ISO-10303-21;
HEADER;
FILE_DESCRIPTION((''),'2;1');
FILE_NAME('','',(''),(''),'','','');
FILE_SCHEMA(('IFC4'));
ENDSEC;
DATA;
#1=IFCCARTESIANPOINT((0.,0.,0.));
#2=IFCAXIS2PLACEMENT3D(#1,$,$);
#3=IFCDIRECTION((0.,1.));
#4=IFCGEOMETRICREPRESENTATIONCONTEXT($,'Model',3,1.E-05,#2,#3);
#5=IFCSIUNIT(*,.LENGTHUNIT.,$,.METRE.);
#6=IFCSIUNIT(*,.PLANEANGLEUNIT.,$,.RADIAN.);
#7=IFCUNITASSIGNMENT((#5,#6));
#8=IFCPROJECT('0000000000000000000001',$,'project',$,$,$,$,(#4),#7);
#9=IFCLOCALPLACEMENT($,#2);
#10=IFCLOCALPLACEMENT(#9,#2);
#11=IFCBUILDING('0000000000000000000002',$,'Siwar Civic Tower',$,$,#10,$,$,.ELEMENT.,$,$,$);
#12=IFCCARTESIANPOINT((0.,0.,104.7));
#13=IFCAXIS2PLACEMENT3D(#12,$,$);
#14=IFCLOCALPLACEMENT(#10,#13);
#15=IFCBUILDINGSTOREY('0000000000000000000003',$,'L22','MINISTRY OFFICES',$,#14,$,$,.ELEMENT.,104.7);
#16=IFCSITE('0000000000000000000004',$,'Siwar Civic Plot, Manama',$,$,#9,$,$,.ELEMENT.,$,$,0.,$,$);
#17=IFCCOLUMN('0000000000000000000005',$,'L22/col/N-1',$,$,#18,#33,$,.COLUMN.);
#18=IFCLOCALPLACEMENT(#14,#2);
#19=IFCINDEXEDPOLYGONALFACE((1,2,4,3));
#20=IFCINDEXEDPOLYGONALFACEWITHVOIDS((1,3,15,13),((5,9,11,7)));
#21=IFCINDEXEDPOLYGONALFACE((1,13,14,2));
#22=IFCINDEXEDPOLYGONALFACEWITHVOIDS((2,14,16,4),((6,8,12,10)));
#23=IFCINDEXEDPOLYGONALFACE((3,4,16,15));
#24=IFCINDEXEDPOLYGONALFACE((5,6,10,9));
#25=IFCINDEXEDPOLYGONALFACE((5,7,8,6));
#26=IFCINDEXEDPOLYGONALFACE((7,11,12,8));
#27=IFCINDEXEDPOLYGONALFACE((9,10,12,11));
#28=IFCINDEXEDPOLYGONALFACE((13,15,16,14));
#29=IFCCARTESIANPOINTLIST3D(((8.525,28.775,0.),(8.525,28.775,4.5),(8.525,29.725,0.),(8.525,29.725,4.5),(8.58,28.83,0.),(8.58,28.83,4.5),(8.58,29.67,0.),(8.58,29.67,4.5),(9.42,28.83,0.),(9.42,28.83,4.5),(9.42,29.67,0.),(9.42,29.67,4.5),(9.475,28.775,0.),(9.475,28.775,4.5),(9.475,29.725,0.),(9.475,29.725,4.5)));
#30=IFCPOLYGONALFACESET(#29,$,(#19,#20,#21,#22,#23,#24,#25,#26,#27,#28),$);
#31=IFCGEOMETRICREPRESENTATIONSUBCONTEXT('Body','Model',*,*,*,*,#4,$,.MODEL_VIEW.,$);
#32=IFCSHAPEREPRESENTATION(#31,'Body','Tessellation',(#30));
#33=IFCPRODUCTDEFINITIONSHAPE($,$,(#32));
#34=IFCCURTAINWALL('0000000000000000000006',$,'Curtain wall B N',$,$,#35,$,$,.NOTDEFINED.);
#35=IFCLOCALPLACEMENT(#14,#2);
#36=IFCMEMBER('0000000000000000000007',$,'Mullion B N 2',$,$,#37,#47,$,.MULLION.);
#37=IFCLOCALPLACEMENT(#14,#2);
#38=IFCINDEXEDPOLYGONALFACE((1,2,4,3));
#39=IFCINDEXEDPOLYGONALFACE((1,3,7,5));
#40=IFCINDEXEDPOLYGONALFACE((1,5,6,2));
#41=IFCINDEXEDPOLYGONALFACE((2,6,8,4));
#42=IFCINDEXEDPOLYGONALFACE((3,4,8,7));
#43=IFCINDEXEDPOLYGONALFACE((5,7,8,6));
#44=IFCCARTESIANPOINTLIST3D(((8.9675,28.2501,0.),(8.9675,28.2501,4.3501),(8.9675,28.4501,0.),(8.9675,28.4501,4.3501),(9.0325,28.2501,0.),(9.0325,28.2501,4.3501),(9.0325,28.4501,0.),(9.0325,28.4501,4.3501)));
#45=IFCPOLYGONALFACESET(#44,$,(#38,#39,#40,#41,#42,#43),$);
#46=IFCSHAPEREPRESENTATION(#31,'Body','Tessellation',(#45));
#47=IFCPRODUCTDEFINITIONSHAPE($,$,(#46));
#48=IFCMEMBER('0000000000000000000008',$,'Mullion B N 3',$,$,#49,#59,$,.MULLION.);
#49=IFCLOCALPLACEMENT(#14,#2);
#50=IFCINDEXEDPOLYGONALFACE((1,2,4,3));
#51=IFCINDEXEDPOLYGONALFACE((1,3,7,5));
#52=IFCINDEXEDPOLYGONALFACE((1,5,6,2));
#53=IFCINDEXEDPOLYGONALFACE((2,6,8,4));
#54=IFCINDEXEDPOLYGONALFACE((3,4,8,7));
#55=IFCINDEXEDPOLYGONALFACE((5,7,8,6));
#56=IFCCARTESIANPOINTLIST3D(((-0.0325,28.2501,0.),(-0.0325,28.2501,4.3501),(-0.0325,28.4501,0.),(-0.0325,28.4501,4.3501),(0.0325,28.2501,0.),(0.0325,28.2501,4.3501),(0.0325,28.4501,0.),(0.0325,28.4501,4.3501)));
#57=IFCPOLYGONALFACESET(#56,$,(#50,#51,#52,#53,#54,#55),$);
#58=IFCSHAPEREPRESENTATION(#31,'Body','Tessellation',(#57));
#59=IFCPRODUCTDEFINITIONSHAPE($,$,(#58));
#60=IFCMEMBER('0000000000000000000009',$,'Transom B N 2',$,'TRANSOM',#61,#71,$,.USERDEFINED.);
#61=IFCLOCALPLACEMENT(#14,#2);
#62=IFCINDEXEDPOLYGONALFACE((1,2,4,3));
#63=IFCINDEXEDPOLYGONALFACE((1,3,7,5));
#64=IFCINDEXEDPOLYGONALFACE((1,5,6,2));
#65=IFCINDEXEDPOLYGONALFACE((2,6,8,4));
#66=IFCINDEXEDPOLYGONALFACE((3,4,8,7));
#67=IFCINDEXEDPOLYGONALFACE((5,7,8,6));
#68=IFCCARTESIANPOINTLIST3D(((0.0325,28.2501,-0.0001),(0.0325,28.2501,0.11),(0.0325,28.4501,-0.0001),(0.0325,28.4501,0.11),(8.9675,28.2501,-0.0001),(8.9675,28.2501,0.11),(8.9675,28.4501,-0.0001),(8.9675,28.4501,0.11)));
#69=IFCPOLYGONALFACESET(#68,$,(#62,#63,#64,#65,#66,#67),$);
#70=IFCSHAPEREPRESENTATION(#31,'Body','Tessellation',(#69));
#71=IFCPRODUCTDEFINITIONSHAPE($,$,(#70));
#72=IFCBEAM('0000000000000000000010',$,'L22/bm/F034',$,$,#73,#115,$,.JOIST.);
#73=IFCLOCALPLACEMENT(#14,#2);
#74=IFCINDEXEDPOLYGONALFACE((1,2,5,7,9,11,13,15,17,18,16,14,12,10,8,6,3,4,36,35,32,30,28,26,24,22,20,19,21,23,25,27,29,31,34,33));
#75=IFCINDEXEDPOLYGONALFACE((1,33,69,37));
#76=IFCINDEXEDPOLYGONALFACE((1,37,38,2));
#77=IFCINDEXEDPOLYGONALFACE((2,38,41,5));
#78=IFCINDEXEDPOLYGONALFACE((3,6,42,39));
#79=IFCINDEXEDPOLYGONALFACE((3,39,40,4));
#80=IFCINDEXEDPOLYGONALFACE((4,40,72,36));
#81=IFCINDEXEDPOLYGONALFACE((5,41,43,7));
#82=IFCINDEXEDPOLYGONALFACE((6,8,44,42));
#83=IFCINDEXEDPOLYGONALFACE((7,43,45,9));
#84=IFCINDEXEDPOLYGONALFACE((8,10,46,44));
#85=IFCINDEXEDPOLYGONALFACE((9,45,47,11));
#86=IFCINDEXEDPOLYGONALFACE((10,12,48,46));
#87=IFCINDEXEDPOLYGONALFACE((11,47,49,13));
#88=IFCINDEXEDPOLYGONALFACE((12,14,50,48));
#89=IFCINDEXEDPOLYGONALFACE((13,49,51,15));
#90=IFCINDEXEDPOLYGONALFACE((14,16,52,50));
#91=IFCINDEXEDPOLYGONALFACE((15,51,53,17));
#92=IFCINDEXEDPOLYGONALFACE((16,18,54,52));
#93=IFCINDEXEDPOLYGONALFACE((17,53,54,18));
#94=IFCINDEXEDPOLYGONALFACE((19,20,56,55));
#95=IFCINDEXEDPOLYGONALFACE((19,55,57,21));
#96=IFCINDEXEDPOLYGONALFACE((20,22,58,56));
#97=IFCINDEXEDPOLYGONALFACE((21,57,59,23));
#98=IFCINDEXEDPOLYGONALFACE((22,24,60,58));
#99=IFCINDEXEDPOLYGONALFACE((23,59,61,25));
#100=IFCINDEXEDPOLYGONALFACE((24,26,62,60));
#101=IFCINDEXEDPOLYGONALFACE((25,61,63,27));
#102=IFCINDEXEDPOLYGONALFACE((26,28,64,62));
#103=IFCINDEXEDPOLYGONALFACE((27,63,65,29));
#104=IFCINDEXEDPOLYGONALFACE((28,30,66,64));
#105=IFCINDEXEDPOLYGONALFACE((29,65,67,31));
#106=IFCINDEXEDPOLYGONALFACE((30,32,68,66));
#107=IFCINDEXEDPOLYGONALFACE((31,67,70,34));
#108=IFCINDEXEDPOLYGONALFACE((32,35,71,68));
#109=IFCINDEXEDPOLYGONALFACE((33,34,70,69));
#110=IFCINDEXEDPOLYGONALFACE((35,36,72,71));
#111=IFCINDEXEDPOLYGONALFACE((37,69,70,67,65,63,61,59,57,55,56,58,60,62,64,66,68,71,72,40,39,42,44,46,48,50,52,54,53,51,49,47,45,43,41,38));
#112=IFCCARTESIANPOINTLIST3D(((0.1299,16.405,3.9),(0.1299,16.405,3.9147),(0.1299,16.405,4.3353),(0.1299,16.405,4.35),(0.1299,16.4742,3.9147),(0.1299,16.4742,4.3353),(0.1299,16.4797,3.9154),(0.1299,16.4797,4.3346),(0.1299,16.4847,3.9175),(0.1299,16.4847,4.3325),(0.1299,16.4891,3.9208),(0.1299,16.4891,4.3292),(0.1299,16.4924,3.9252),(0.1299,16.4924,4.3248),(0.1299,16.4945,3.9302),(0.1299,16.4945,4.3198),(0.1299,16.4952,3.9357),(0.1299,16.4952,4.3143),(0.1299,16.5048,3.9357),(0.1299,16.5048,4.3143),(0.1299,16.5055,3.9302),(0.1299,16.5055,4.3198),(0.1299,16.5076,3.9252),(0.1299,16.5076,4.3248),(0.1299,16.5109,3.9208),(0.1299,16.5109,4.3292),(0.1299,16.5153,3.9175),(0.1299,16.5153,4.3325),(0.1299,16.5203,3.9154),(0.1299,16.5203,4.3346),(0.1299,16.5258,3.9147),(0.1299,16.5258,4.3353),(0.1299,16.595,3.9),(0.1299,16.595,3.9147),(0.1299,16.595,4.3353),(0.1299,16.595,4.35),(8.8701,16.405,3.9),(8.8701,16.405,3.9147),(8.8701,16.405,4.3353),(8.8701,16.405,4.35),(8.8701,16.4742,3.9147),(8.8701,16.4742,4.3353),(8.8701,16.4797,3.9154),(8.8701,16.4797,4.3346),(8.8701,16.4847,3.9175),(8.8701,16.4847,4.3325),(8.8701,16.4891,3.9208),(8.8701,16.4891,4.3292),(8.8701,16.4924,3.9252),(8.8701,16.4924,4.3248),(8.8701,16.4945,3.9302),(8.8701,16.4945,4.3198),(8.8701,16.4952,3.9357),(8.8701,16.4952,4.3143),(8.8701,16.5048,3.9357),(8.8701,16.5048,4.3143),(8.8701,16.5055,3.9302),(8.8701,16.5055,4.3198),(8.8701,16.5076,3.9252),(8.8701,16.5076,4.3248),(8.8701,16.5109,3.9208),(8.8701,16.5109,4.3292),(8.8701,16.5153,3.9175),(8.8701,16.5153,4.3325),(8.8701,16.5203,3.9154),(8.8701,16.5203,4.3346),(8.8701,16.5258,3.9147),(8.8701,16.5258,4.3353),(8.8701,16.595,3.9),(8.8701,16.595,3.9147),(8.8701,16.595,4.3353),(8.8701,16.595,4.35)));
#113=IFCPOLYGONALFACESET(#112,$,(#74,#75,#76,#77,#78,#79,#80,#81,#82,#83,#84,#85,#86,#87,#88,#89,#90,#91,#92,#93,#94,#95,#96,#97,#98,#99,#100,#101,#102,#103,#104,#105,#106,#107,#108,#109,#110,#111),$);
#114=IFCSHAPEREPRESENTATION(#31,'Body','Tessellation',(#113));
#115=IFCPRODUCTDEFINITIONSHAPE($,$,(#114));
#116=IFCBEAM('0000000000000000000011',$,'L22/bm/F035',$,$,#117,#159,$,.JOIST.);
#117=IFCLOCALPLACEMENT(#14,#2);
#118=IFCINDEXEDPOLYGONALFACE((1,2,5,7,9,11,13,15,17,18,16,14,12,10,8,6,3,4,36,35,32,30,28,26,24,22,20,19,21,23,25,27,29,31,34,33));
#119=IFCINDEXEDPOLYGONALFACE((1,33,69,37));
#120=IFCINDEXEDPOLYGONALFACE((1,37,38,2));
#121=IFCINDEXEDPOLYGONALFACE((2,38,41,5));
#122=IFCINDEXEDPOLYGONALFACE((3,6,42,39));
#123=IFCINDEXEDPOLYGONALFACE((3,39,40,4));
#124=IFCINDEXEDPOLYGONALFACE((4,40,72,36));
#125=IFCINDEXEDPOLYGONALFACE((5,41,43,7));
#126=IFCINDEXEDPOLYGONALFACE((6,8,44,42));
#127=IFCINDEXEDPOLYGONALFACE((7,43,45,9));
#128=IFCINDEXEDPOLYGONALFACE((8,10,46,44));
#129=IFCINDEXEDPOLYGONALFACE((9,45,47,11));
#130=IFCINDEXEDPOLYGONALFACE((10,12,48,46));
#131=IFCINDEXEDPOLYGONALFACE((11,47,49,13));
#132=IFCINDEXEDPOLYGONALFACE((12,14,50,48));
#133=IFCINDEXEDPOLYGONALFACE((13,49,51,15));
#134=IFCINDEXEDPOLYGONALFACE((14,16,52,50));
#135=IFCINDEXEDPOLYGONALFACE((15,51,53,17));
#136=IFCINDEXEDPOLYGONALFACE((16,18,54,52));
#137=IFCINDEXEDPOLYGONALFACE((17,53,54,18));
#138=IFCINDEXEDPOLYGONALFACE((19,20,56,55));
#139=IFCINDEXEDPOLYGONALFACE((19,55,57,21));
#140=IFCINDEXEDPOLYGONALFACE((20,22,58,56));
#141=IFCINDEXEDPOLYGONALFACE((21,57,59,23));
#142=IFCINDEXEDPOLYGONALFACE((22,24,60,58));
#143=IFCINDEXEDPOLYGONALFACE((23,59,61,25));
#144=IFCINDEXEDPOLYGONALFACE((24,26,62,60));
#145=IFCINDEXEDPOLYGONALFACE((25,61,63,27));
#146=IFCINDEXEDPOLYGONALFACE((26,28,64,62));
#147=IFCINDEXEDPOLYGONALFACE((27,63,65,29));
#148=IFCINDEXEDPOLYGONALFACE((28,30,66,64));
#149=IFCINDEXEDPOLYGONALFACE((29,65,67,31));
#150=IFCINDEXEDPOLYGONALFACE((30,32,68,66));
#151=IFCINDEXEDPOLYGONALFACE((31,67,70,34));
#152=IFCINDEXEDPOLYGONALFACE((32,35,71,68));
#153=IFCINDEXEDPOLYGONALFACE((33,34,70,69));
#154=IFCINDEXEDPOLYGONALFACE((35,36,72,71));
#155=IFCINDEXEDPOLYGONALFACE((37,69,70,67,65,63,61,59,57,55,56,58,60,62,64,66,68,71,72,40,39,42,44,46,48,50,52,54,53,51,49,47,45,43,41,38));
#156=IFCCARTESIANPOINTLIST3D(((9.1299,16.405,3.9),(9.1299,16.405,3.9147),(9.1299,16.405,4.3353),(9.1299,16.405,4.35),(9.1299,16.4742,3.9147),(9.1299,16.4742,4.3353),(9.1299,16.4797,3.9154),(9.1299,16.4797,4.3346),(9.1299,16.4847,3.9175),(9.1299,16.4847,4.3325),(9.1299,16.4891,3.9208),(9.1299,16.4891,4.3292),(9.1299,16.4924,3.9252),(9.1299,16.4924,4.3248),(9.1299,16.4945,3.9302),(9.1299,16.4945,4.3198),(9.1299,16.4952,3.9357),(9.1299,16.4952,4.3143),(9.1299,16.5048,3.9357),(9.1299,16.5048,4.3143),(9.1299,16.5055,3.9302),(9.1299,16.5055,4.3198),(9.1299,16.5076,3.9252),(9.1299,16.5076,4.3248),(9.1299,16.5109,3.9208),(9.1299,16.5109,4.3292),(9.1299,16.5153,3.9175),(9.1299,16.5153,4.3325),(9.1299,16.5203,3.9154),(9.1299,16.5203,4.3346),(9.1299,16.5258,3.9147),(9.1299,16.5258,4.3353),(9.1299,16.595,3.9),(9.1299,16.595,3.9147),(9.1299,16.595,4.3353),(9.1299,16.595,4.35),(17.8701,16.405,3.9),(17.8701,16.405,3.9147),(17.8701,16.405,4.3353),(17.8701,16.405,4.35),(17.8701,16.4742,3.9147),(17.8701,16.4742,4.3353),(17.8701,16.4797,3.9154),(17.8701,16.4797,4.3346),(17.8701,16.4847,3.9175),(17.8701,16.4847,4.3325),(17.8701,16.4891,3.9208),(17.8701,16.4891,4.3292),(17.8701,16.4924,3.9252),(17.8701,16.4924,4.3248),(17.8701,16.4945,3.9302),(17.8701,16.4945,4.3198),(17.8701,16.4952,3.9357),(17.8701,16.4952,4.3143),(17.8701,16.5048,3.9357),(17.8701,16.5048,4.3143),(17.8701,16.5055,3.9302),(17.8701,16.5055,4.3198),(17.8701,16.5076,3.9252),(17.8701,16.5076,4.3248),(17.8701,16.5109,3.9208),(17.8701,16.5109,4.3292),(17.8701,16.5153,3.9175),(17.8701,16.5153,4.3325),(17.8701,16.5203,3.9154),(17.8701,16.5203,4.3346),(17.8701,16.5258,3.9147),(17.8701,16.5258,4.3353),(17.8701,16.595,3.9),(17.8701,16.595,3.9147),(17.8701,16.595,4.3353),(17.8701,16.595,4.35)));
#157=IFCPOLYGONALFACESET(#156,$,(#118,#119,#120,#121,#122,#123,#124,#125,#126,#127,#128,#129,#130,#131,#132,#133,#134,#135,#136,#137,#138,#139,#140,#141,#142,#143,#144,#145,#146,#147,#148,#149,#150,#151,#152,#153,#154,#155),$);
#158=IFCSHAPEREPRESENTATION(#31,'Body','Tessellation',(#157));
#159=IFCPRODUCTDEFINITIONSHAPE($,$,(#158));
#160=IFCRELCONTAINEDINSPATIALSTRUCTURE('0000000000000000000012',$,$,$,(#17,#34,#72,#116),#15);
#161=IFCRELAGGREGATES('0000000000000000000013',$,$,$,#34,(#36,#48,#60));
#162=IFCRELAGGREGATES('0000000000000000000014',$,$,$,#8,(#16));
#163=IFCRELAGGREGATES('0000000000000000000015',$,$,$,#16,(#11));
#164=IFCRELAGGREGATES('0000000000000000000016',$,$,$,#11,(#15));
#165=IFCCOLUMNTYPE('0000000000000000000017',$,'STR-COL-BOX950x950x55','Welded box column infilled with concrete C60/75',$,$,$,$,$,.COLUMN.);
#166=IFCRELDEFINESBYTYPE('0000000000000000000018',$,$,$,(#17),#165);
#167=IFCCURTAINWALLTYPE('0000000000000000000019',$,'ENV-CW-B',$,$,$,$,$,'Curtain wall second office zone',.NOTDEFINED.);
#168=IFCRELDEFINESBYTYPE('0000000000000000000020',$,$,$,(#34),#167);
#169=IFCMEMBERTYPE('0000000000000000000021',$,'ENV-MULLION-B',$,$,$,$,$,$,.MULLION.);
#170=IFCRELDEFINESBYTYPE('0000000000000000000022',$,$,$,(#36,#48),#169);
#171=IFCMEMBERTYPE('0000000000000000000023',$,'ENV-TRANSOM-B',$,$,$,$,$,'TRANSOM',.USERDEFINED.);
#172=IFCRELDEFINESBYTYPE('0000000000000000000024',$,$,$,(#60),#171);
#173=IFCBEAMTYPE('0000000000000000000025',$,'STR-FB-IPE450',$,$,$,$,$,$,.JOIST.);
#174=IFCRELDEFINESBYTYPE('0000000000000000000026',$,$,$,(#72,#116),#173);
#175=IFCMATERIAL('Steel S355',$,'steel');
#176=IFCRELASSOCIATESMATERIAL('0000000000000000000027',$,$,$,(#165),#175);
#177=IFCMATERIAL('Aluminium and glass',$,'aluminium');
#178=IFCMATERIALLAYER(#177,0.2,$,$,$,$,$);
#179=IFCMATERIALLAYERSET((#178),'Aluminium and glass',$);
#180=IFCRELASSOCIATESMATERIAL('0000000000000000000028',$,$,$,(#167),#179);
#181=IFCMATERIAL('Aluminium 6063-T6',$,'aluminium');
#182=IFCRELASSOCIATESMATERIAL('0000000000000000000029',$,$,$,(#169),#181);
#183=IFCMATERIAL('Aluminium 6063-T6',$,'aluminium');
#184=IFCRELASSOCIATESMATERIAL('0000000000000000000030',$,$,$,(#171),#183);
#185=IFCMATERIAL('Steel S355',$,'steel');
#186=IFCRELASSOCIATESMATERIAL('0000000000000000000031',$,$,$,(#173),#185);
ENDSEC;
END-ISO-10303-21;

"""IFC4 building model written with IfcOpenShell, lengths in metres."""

from ifc_helpers import new_model, si_unit, direction, frame, origin, origin_2d, place, context, subcontext, project, spatial, rectangle, hollow_rectangle, i_section, extrude, material, layer, layer_set, material_profile, profile_set, type_object, element, aggregate, save


model = new_model("IFC4")

# Units and contexts
model_context = context("Model", 3, precision=1e-05, world=origin(), true_north=direction((0.0, 1.0)))
body_context = subcontext(model_context, "Body", "Model", "MODEL_VIEW")
ifc_project = project(units=[si_unit("LENGTHUNIT", "METRE"), si_unit("PLANEANGLEUNIT", "RADIAN")], contexts=[model_context])

# Site, building, storey
site_placement = place(None, origin())
site = spatial("IfcSite", under=ifc_project, at=site_placement, Name="Siwar Civic Plot, Manama", CompositionType="ELEMENT", RefElevation=0.0)
building_placement = place(site_placement, origin())
building = spatial("IfcBuilding", under=site, at=building_placement, Name="Siwar Civic Tower", CompositionType="ELEMENT")
storey_placement = place(building_placement, frame((0.0, 0.0, 104.7)))
storey = spatial("IfcBuildingStorey", under=building, at=storey_placement, Name="L22", Description="MINISTRY OFFICES", CompositionType="ELEMENT", Elevation=104.7)

# Column
ifc_material_1 = material(Name="Steel S355", Category="steel")
ifc_material_profile_1 = material_profile(ifc_material_1, hollow_rectangle(XDim=0.95, YDim=0.95, WallThickness=0.0549, at=origin_2d()), Name="BOX950x950x55")
ifc_profile_set_1 = profile_set([ifc_material_profile_1], Name="Steel S355")
column_type = type_object("IfcColumnType", Name="STR-COL-BOX950x950x55", Description="Welded box column infilled with concrete C60/75", PredefinedType="COLUMN", material=ifc_profile_set_1)
column_placement = place(storey_placement, frame((9.0, 29.25, 0.0), z_axis=(0.0, 0.0, 1.0), x_axis=(1.0, 0.0, 0.0)))
element("IfcColumn", 1, at=column_placement, inside=storey, type_object=column_type, Name="L22/col/N-1", PredefinedType="COLUMN", context=body_context, shape_type="SweptSolid", body=[
    extrude(hollow_rectangle(XDim=0.95, YDim=0.95, WallThickness=0.0549, at=origin_2d()), origin(), (0.0, 0.0, 1.0), 4.5),
])

# Curtain wall, members
ifc_material_2 = material(Name="Aluminium and glass", Category="aluminium")
ifc_layer_1 = layer(ifc_material_2, 0.2)
ifc_layer_set_1 = layer_set([ifc_layer_1], Name="Aluminium and glass")
curtain_wall_type = type_object("IfcCurtainWallType", Name="ENV-CW-B", ElementType="Curtain wall second office zone", PredefinedType="NOTDEFINED", material=ifc_layer_set_1)
curtain_wall_placement = place(storey_placement, origin())
curtain_wall = element("IfcCurtainWall", 2, at=curtain_wall_placement, inside=storey, type_object=curtain_wall_type, Name="Curtain wall B N", PredefinedType="NOTDEFINED")
ifc_material_3 = material(Name="Aluminium 6063-T6", Category="aluminium")
ifc_material_profile_2 = material_profile(ifc_material_3, rectangle(XDim=0.2, YDim=0.0649, at=origin_2d()), Name="AL 200x65")
ifc_profile_set_2 = profile_set([ifc_material_profile_2], Name="Aluminium 6063-T6")
member_type_1 = type_object("IfcMemberType", Name="ENV-MULLION-B", PredefinedType="MULLION", material=ifc_profile_set_2)
member_1_placement = place(storey_placement, frame((9.0, 28.3501, 0.0), z_axis=(0.0, 0.0, 1.0), x_axis=(0.0, -1.0, 0.0)))
member_1 = element("IfcMember", 3, at=member_1_placement, type_object=member_type_1, Name="Mullion B N 2", PredefinedType="MULLION", context=body_context, shape_type="SweptSolid", body=[
    extrude(rectangle(XDim=0.2, YDim=0.0649, at=origin_2d()), origin(), (0.0, 0.0, 1.0), 4.3501),
])
member_2_placement = place(storey_placement, frame((0.0, 28.3501, 0.0), z_axis=(0.0, 0.0, 1.0), x_axis=(0.0, -1.0, 0.0)))
member_2 = element("IfcMember", 4, at=member_2_placement, type_object=member_type_1, Name="Mullion B N 3", PredefinedType="MULLION", context=body_context, shape_type="SweptSolid", body=[
    extrude(rectangle(XDim=0.2, YDim=0.0649, at=origin_2d()), origin(), (0.0, 0.0, 1.0), 4.3501),
])
ifc_material_4 = material(Name="Aluminium 6063-T6", Category="aluminium")
ifc_material_profile_3 = material_profile(ifc_material_4, rectangle(XDim=0.2, YDim=0.1101, at=origin_2d()), Name="AL 200x110")
ifc_profile_set_3 = profile_set([ifc_material_profile_3], Name="Aluminium 6063-T6")
member_type_2 = type_object("IfcMemberType", Name="ENV-TRANSOM-B", ElementType="TRANSOM", PredefinedType="USERDEFINED", material=ifc_profile_set_3)
member_3_placement = place(storey_placement, frame((8.9675, 28.3501, 0.0549), z_axis=(-1.0, 0.0, 0.0), x_axis=(0.0, -1.0, 0.0)))
member_3 = element("IfcMember", 5, at=member_3_placement, type_object=member_type_2, Name="Transom B N 2", ObjectType="TRANSOM", PredefinedType="USERDEFINED", context=body_context, shape_type="SweptSolid", body=[
    extrude(rectangle(XDim=0.2, YDim=0.1101, at=origin_2d()), origin(), (0.0, 0.0, 1.0), 8.9351),
])

# Beams
ifc_material_5 = material(Name="Steel S355", Category="steel")
ifc_material_profile_4 = material_profile(ifc_material_5, i_section(OverallWidth=0.1899, OverallDepth=0.45, WebThickness=0.0095, FlangeThickness=0.0146, FilletRadius=0.021, at=origin_2d()), Name="IPE450")
ifc_profile_set_4 = profile_set([ifc_material_profile_4], Name="Steel S355")
beam_type_1 = type_object("IfcBeamType", Name="STR-FB-IPE450", PredefinedType="JOIST", material=ifc_profile_set_4)
for number, where, z_axis, x_axis, name in (
    (6, (0.1299, 16.5, 4.125), (1.0, 0.0, 0.0), (0.0, 1.0, 0.0), "L22/bm/F034"),
    (7, (9.1299, 16.5, 4.125), (1.0, 0.0, 0.0), (0.0, 1.0, 0.0), "L22/bm/F035"),
):
    element("IfcBeam", number, at=place(storey_placement, frame(where, z_axis=z_axis, x_axis=x_axis)), inside=storey, type_object=beam_type_1, Name=name, PredefinedType="JOIST", context=body_context, shape_type="SweptSolid", body=[
        extrude(i_section(OverallWidth=0.1899, OverallDepth=0.45, WebThickness=0.0095, FlangeThickness=0.0146, FilletRadius=0.021, at=origin_2d()), origin(), (0.0, 0.0, 1.0), 8.7402),
    ])

aggregate(curtain_wall, [member_1, member_2, member_3])

save(model, "model.ifc")
